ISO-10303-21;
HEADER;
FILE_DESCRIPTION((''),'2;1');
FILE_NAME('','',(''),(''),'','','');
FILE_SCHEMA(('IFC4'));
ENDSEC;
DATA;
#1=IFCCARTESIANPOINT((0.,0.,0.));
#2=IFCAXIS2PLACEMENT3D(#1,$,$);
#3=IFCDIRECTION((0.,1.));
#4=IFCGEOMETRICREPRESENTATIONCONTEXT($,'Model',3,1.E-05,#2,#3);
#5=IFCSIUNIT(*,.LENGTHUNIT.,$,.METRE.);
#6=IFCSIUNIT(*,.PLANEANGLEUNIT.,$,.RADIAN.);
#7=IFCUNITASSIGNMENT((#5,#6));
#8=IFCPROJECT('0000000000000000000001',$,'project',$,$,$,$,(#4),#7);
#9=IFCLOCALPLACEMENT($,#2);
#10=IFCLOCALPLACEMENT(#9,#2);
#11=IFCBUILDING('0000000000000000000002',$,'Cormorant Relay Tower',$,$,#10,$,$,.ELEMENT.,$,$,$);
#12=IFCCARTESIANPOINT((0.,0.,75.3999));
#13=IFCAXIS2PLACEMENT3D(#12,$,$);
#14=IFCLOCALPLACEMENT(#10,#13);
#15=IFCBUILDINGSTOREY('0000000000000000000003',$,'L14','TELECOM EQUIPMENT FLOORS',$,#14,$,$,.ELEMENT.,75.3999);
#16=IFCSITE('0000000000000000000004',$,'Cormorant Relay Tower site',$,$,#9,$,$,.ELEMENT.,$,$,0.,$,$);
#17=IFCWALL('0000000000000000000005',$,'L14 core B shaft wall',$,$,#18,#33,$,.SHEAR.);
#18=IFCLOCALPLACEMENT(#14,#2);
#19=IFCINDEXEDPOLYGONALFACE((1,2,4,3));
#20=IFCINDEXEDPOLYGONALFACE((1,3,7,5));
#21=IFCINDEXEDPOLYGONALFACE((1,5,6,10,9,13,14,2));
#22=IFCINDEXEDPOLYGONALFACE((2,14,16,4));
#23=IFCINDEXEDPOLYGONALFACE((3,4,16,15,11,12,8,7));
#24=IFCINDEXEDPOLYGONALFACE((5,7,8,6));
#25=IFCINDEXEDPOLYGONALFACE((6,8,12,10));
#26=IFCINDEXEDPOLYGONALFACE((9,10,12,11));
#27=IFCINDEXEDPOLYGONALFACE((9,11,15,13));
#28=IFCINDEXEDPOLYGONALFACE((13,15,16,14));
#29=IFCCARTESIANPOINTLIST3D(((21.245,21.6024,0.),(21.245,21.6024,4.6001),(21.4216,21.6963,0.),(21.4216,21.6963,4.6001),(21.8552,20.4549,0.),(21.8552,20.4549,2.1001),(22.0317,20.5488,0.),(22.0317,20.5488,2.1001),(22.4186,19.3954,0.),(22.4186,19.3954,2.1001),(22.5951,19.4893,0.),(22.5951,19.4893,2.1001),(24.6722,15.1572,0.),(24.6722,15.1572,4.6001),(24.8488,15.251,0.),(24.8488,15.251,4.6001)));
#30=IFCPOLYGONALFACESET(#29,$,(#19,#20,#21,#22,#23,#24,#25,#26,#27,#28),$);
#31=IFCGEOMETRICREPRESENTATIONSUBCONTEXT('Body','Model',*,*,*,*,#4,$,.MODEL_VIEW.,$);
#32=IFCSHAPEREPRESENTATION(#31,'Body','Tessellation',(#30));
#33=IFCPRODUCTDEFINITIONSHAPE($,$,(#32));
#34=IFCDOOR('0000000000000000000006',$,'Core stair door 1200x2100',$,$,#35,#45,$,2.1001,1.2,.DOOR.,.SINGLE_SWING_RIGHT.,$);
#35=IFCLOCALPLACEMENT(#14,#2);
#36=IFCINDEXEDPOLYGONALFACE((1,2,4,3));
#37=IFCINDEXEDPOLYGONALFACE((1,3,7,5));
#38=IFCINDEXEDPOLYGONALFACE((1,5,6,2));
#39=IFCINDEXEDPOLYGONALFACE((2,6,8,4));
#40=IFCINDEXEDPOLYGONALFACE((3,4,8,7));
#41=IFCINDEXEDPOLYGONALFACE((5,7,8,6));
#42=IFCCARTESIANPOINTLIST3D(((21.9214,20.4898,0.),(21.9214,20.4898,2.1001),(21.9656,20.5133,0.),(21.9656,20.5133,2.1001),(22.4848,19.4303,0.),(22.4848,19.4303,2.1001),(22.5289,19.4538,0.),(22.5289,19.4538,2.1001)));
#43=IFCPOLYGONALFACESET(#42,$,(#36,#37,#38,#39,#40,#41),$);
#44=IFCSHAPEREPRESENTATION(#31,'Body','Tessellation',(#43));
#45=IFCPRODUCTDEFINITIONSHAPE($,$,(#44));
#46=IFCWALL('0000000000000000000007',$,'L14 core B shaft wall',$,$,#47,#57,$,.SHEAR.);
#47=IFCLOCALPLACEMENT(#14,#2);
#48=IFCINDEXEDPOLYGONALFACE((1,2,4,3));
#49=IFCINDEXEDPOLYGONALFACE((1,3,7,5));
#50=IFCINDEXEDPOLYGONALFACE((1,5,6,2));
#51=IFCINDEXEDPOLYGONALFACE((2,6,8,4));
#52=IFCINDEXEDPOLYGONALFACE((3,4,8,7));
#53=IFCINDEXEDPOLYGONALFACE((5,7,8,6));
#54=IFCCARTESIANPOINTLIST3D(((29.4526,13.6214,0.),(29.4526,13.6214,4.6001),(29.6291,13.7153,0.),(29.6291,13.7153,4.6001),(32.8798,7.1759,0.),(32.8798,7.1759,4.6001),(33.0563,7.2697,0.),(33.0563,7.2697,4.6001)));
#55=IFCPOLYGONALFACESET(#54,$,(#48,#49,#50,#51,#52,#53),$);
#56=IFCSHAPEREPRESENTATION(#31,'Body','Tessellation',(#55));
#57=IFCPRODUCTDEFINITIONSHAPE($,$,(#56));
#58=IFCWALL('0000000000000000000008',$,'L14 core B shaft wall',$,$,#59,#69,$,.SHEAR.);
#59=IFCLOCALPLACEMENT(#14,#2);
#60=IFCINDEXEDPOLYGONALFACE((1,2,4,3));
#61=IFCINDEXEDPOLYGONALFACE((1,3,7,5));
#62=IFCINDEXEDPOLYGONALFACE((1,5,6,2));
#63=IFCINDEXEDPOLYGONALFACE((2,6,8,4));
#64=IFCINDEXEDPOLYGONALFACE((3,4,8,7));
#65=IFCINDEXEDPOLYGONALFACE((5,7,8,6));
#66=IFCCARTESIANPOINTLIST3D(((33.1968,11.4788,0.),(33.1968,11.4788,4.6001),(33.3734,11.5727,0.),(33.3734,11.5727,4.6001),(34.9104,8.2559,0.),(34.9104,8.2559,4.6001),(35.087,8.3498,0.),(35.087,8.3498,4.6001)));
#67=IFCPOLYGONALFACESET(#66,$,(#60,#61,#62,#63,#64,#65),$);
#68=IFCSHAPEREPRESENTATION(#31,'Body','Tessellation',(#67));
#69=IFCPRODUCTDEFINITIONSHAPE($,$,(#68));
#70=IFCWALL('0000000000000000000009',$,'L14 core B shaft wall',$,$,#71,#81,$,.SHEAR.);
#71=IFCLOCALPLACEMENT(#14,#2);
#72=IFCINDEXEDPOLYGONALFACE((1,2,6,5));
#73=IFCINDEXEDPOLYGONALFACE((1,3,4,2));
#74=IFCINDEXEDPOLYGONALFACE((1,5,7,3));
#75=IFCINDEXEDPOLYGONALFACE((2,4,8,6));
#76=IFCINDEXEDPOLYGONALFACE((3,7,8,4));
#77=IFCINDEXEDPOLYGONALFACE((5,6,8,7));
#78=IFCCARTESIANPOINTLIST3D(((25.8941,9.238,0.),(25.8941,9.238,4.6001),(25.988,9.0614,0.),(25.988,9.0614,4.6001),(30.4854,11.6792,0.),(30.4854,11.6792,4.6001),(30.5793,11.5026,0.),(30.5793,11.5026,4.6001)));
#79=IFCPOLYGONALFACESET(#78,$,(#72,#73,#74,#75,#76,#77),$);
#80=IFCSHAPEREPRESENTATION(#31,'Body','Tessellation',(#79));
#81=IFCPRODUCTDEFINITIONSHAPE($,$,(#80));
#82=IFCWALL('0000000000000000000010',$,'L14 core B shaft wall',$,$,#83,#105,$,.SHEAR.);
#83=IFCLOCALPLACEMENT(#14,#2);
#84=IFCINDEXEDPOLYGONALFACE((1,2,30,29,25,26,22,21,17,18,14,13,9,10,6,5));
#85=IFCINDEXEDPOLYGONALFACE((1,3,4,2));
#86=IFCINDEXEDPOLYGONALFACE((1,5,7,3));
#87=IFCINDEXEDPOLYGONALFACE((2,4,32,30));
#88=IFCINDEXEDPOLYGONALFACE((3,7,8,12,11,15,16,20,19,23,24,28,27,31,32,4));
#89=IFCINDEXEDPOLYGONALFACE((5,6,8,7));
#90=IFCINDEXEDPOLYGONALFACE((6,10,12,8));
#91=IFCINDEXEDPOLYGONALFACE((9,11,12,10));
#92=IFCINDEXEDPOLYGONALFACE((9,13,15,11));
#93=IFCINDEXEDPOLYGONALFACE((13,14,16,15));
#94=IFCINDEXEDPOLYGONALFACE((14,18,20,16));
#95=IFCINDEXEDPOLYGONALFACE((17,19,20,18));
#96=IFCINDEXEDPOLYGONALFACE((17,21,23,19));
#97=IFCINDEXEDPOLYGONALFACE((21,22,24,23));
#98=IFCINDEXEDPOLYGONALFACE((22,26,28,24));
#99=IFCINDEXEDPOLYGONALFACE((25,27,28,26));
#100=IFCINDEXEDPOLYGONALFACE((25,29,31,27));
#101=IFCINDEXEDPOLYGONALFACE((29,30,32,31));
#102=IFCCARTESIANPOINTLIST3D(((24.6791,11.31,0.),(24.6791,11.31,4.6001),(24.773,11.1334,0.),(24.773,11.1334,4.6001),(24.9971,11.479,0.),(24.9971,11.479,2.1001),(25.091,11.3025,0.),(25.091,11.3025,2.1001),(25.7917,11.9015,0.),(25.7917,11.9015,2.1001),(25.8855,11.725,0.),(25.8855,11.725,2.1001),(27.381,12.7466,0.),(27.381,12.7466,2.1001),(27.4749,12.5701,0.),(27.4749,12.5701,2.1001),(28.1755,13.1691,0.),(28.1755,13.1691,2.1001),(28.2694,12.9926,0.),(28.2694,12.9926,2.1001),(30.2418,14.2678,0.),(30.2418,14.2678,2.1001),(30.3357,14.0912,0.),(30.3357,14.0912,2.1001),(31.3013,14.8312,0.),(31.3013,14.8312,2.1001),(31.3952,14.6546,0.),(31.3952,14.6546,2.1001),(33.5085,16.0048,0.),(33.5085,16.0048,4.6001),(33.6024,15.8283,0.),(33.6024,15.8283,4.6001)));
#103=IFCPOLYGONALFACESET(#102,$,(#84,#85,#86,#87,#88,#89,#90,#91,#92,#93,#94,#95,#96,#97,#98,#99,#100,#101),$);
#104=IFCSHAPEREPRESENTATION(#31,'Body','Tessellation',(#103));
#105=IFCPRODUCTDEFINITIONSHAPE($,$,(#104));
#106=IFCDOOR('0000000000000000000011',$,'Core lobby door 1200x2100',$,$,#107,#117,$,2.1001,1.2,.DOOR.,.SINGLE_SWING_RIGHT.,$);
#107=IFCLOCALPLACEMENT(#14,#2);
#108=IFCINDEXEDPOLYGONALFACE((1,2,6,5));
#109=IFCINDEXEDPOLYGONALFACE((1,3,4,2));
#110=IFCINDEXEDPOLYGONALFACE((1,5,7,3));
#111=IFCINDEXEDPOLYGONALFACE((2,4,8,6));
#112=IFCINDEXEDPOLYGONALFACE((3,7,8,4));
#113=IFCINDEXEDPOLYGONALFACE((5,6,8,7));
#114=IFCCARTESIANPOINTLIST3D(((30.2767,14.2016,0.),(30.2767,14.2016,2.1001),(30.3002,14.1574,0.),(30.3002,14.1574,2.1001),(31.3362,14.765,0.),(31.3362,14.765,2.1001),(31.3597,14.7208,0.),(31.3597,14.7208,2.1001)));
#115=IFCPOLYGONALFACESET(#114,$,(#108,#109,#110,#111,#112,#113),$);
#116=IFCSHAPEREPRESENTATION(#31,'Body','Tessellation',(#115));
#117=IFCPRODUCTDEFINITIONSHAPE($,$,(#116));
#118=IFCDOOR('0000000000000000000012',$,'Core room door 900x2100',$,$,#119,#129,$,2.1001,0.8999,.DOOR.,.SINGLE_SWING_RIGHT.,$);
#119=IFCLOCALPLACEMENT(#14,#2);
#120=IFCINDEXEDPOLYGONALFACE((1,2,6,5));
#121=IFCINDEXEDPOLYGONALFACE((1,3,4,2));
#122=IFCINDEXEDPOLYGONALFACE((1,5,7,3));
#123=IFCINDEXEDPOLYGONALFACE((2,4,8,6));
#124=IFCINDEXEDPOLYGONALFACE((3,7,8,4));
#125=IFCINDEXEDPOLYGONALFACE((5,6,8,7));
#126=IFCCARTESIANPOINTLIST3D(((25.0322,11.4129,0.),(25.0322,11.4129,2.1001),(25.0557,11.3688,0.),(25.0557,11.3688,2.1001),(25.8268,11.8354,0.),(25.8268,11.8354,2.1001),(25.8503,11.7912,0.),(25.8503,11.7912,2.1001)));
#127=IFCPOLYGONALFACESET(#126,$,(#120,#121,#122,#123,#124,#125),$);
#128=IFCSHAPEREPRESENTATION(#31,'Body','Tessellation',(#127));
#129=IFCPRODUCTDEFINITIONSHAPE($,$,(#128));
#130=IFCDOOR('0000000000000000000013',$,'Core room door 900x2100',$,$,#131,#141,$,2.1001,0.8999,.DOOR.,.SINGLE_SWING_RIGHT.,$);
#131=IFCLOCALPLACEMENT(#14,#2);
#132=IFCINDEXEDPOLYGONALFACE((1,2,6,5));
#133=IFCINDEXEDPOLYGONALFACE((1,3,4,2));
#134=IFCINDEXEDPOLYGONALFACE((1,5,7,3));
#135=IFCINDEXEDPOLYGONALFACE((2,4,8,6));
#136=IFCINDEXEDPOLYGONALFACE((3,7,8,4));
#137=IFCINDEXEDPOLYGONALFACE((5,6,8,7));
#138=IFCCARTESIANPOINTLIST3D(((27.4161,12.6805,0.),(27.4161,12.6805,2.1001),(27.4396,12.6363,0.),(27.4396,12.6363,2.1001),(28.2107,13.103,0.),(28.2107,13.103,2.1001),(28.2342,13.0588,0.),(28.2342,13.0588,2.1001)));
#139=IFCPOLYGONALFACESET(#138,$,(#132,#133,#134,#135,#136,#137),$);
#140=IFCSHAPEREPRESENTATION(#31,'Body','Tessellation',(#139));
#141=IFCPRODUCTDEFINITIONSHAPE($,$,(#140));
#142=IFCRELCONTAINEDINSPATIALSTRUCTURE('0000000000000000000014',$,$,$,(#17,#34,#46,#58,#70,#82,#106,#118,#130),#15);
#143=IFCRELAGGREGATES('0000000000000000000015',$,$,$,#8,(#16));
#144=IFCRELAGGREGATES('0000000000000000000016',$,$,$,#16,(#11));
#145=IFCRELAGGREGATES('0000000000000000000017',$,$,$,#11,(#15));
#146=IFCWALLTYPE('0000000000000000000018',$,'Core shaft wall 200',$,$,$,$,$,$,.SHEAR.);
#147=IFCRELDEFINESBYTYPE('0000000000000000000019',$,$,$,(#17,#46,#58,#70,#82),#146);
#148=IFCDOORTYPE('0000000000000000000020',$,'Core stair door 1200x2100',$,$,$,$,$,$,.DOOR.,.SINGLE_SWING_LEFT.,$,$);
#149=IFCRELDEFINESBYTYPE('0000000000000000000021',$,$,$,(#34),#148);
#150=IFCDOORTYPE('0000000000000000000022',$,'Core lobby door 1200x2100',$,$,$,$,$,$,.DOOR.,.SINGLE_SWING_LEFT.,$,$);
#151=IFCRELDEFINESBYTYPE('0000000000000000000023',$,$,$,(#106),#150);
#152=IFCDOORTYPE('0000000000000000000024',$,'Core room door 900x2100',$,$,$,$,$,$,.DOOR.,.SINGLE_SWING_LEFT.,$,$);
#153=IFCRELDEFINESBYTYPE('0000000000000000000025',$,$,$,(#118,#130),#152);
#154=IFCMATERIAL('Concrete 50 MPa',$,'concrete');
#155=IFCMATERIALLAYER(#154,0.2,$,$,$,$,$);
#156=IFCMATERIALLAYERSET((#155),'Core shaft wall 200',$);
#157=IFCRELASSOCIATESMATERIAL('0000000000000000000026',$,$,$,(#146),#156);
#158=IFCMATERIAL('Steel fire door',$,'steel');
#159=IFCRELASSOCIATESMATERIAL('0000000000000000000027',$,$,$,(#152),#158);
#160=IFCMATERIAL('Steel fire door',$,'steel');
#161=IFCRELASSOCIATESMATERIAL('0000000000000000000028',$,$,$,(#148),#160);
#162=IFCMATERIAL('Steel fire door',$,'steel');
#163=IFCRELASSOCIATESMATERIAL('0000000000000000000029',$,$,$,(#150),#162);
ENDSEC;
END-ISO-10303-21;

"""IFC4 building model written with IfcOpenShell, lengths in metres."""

from ifc_helpers import new_model, si_unit, direction, frame, frame_2d, origin, place, context, subcontext, project, spatial, rectangle, extrude, material, layer, layer_set, type_object, element, fill, save


model = new_model("IFC4")

# Units and contexts
model_context = context("Model", 3, precision=1e-05, world=origin(), true_north=direction((0.0, 1.0)))
body_context = subcontext(model_context, "Body", "Model", "MODEL_VIEW")
ifc_project = project(units=[si_unit("LENGTHUNIT", "METRE"), si_unit("PLANEANGLEUNIT", "RADIAN")], contexts=[model_context])

# Site, building, storey
site_placement = place(None, origin())
site = spatial("IfcSite", under=ifc_project, at=site_placement, Name="Cormorant Relay Tower site", CompositionType="ELEMENT", RefElevation=0.0)
building_placement = place(site_placement, origin())
building = spatial("IfcBuilding", under=site, at=building_placement, Name="Cormorant Relay Tower", CompositionType="ELEMENT")
storey_placement = place(building_placement, frame((0.0, 0.0, 75.3999)))
storey = spatial("IfcBuildingStorey", under=building, at=storey_placement, Name="L14", Description="TELECOM EQUIPMENT FLOORS", CompositionType="ELEMENT", Elevation=75.3999)

# Shared definitions
ifc_material_1 = material(Name="Concrete 50 MPa", Category="concrete")
ifc_layer_1 = layer(ifc_material_1, 0.2)
ifc_layer_set_1 = layer_set([ifc_layer_1], Name="Core shaft wall 200")
wall_type_1 = type_object("IfcWallType", Name="Core shaft wall 200", PredefinedType="SHEAR", material=ifc_layer_set_1)
ifc_material_2 = material(Name="Steel fire door", Category="steel")
door_type_1 = type_object("IfcDoorType", Name="Core room door 900x2100", OperationType="SINGLE_SWING_LEFT", PredefinedType="DOOR", material=ifc_material_2)

# Wall, opening, door
wall_1_placement = place(storey_placement, frame((24.7605, 15.2041, 0.0), z_axis=(0.0, 0.0, 1.0), x_axis=(-0.469494, 0.882936, 0.0)))
wall_1 = element("IfcWall", 1, at=wall_1_placement, inside=storey, type_object=wall_type_1, Name="L14 core B shaft wall", PredefinedType="SHEAR", context=body_context, shape_type="SweptSolid", body=[
    extrude(rectangle(XDim=7.2998, YDim=0.2, at=frame_2d((3.6499, 0.0))), origin(), (0.0, 0.0, 1.0), 4.6001),
])
opening_1_placement = place(wall_1_placement, frame((4.8, 0.0, 0.0)))
opening_1 = element("IfcOpeningElement", 2, at=opening_1_placement, cuts=wall_1, PredefinedType="OPENING", context=body_context, shape_type="SweptSolid", body=[
    extrude(rectangle(XDim=1.2, YDim=2.1001, at=frame_2d((0.6001, 1.05))), frame((0.0, 0.1099, 0.0), z_axis=(0.0, -1.0, 0.0), x_axis=(1.0, 0.0, 0.0)), (0.0, 0.0, 1.0), 0.22),
])
ifc_material_3 = material(Name="Steel fire door", Category="steel")
door_type_2 = type_object("IfcDoorType", Name="Core stair door 1200x2100", OperationType="SINGLE_SWING_LEFT", PredefinedType="DOOR", material=ifc_material_3)
door_1_placement = place(opening_1_placement, frame((1.2, 0.0, 0.0), z_axis=(0.0, 0.0, 1.0), x_axis=(-1.0, 0.0, 0.0)))
door_1 = element("IfcDoor", 3, at=door_1_placement, inside=storey, type_object=door_type_2, Name="Core stair door 1200x2100", OperationType="SINGLE_SWING_RIGHT", OverallHeight=2.1001, OverallWidth=1.2, PredefinedType="DOOR", context=body_context, shape_type="SweptSolid", body=[
    extrude(rectangle(XDim=1.2, YDim=2.1001, at=frame_2d((0.6001, 1.05))), frame((0.0, 0.0249, 0.0), z_axis=(0.0, -1.0, 0.0), x_axis=(1.0, 0.0, 0.0)), (0.0, 0.0, 1.0), 0.05),
])
fill(opening_1, door_1)

# Walls
wall_2_placement = place(storey_placement, frame((32.968, 7.2229, 0.0), z_axis=(0.0, 0.0, 1.0), x_axis=(-0.46948, 0.882943, 0.0)))
element("IfcWall", 4, at=wall_2_placement, inside=storey, type_object=wall_type_1, Name="L14 core B shaft wall", PredefinedType="SHEAR", context=body_context, shape_type="SweptSolid", body=[
    extrude(rectangle(XDim=7.3, YDim=0.2, at=frame_2d((3.6499, 0.0))), origin(), (0.0, 0.0, 1.0), 4.6001),
])
wall_3_placement = place(storey_placement, frame((34.9988, 8.3027, 0.0), z_axis=(0.0, 0.0, 1.0), x_axis=(-0.469467, 0.88295, 0.0)))
element("IfcWall", 5, at=wall_3_placement, inside=storey, type_object=wall_type_1, Name="L14 core B shaft wall", PredefinedType="SHEAR", context=body_context, shape_type="SweptSolid", body=[
    extrude(rectangle(XDim=3.6501, YDim=0.2, at=frame_2d((1.8252, 0.0))), origin(), (0.0, 0.0, 1.0), 4.6001),
])

# Wall
wall_4_placement = place(storey_placement, frame((25.9409, 9.1497, 0.0), z_axis=(0.0, 0.0, 1.0), x_axis=(0.882954, 0.46946, 0.0)))
element("IfcWall", 6, at=wall_4_placement, inside=storey, type_object=wall_type_1, Name="L14 core B shaft wall", PredefinedType="SHEAR", context=body_context, shape_type="SweptSolid", body=[
    extrude(rectangle(XDim=5.2, YDim=0.2, at=frame_2d((2.6001, 0.0))), origin(), (0.0, 0.0, 1.0), 4.6001),
])

# Wall, openings, doors
wall_5_placement = place(storey_placement, frame((24.7261, 11.2217, 0.0), z_axis=(0.0, 0.0, 1.0), x_axis=(0.88294, 0.469485, 0.0)))
wall_5 = element("IfcWall", 7, at=wall_5_placement, inside=storey, type_object=wall_type_1, Name="L14 core B shaft wall", PredefinedType="SHEAR", context=body_context, shape_type="SweptSolid", body=[
    extrude(rectangle(XDim=10.0, YDim=0.2, at=frame_2d((5.0, 0.0))), origin(), (0.0, 0.0, 1.0), 4.6001),
])
opening_2_placement = place(wall_5_placement, frame((6.3, 0.0, 0.0)))
opening_2 = element("IfcOpeningElement", 8, at=opening_2_placement, cuts=wall_5, PredefinedType="OPENING", context=body_context, shape_type="SweptSolid", body=[
    extrude(rectangle(XDim=1.2, YDim=2.1001, at=frame_2d((0.6001, 1.05))), frame((0.0, 0.1099, 0.0), z_axis=(0.0, -1.0, 0.0), x_axis=(1.0, 0.0, 0.0)), (0.0, 0.0, 1.0), 0.22),
])
opening_3_placement = place(wall_5_placement, frame((0.3601, 0.0, 0.0)))
opening_3 = element("IfcOpeningElement", 9, at=opening_3_placement, cuts=wall_5, PredefinedType="OPENING", context=body_context, shape_type="SweptSolid", body=[
    extrude(rectangle(XDim=0.8999, YDim=2.1001, at=frame_2d((0.45, 1.05))), frame((0.0, 0.1099, 0.0), z_axis=(0.0, -1.0, 0.0), x_axis=(1.0, 0.0, 0.0)), (0.0, 0.0, 1.0), 0.22),
])
opening_4_placement = place(wall_5_placement, frame((3.0601, 0.0, 0.0)))
opening_4 = element("IfcOpeningElement", 10, at=opening_4_placement, cuts=wall_5, PredefinedType="OPENING", context=body_context, shape_type="SweptSolid", body=[
    extrude(rectangle(XDim=0.8999, YDim=2.1001, at=frame_2d((0.45, 1.05))), frame((0.0, 0.1099, 0.0), z_axis=(0.0, -1.0, 0.0), x_axis=(1.0, 0.0, 0.0)), (0.0, 0.0, 1.0), 0.22),
])
ifc_material_4 = material(Name="Steel fire door", Category="steel")
door_type_3 = type_object("IfcDoorType", Name="Core lobby door 1200x2100", OperationType="SINGLE_SWING_LEFT", PredefinedType="DOOR", material=ifc_material_4)
door_2_placement = place(opening_2_placement, frame((1.2, 0.0, 0.0), z_axis=(0.0, 0.0, 1.0), x_axis=(-1.0, 0.0, 0.0)))
door_2 = element("IfcDoor", 11, at=door_2_placement, inside=storey, type_object=door_type_3, Name="Core lobby door 1200x2100", OperationType="SINGLE_SWING_RIGHT", OverallHeight=2.1001, OverallWidth=1.2, PredefinedType="DOOR", context=body_context, shape_type="SweptSolid", body=[
    extrude(rectangle(XDim=1.2, YDim=2.1001, at=frame_2d((0.6001, 1.05))), frame((0.0, 0.0249, 0.0), z_axis=(0.0, -1.0, 0.0), x_axis=(1.0, 0.0, 0.0)), (0.0, 0.0, 1.0), 0.05),
])
fill(opening_2, door_2)
door_3_placement = place(opening_3_placement, frame((0.8999, 0.0, 0.0), z_axis=(0.0, 0.0, 1.0), x_axis=(-1.0, 0.0, 0.0)))
door_3 = element("IfcDoor", 12, at=door_3_placement, inside=storey, type_object=door_type_1, Name="Core room door 900x2100", OperationType="SINGLE_SWING_RIGHT", OverallHeight=2.1001, OverallWidth=0.8999, PredefinedType="DOOR", context=body_context, shape_type="SweptSolid", body=[
    extrude(rectangle(XDim=0.8999, YDim=2.1001, at=frame_2d((0.45, 1.05))), frame((0.0, 0.0249, 0.0), z_axis=(0.0, -1.0, 0.0), x_axis=(1.0, 0.0, 0.0)), (0.0, 0.0, 1.0), 0.05),
])
fill(opening_3, door_3)
door_4_placement = place(opening_4_placement, frame((0.8999, 0.0, 0.0), z_axis=(0.0, 0.0, 1.0), x_axis=(-1.0, 0.0, 0.0)))
door_4 = element("IfcDoor", 13, at=door_4_placement, inside=storey, type_object=door_type_1, Name="Core room door 900x2100", OperationType="SINGLE_SWING_RIGHT", OverallHeight=2.1001, OverallWidth=0.8999, PredefinedType="DOOR", context=body_context, shape_type="SweptSolid", body=[
    extrude(rectangle(XDim=0.8999, YDim=2.1001, at=frame_2d((0.45, 1.05))), frame((0.0, 0.0249, 0.0), z_axis=(0.0, -1.0, 0.0), x_axis=(1.0, 0.0, 0.0)), (0.0, 0.0, 1.0), 0.05),
])
fill(opening_4, door_4)

save(model, "model.ifc")
